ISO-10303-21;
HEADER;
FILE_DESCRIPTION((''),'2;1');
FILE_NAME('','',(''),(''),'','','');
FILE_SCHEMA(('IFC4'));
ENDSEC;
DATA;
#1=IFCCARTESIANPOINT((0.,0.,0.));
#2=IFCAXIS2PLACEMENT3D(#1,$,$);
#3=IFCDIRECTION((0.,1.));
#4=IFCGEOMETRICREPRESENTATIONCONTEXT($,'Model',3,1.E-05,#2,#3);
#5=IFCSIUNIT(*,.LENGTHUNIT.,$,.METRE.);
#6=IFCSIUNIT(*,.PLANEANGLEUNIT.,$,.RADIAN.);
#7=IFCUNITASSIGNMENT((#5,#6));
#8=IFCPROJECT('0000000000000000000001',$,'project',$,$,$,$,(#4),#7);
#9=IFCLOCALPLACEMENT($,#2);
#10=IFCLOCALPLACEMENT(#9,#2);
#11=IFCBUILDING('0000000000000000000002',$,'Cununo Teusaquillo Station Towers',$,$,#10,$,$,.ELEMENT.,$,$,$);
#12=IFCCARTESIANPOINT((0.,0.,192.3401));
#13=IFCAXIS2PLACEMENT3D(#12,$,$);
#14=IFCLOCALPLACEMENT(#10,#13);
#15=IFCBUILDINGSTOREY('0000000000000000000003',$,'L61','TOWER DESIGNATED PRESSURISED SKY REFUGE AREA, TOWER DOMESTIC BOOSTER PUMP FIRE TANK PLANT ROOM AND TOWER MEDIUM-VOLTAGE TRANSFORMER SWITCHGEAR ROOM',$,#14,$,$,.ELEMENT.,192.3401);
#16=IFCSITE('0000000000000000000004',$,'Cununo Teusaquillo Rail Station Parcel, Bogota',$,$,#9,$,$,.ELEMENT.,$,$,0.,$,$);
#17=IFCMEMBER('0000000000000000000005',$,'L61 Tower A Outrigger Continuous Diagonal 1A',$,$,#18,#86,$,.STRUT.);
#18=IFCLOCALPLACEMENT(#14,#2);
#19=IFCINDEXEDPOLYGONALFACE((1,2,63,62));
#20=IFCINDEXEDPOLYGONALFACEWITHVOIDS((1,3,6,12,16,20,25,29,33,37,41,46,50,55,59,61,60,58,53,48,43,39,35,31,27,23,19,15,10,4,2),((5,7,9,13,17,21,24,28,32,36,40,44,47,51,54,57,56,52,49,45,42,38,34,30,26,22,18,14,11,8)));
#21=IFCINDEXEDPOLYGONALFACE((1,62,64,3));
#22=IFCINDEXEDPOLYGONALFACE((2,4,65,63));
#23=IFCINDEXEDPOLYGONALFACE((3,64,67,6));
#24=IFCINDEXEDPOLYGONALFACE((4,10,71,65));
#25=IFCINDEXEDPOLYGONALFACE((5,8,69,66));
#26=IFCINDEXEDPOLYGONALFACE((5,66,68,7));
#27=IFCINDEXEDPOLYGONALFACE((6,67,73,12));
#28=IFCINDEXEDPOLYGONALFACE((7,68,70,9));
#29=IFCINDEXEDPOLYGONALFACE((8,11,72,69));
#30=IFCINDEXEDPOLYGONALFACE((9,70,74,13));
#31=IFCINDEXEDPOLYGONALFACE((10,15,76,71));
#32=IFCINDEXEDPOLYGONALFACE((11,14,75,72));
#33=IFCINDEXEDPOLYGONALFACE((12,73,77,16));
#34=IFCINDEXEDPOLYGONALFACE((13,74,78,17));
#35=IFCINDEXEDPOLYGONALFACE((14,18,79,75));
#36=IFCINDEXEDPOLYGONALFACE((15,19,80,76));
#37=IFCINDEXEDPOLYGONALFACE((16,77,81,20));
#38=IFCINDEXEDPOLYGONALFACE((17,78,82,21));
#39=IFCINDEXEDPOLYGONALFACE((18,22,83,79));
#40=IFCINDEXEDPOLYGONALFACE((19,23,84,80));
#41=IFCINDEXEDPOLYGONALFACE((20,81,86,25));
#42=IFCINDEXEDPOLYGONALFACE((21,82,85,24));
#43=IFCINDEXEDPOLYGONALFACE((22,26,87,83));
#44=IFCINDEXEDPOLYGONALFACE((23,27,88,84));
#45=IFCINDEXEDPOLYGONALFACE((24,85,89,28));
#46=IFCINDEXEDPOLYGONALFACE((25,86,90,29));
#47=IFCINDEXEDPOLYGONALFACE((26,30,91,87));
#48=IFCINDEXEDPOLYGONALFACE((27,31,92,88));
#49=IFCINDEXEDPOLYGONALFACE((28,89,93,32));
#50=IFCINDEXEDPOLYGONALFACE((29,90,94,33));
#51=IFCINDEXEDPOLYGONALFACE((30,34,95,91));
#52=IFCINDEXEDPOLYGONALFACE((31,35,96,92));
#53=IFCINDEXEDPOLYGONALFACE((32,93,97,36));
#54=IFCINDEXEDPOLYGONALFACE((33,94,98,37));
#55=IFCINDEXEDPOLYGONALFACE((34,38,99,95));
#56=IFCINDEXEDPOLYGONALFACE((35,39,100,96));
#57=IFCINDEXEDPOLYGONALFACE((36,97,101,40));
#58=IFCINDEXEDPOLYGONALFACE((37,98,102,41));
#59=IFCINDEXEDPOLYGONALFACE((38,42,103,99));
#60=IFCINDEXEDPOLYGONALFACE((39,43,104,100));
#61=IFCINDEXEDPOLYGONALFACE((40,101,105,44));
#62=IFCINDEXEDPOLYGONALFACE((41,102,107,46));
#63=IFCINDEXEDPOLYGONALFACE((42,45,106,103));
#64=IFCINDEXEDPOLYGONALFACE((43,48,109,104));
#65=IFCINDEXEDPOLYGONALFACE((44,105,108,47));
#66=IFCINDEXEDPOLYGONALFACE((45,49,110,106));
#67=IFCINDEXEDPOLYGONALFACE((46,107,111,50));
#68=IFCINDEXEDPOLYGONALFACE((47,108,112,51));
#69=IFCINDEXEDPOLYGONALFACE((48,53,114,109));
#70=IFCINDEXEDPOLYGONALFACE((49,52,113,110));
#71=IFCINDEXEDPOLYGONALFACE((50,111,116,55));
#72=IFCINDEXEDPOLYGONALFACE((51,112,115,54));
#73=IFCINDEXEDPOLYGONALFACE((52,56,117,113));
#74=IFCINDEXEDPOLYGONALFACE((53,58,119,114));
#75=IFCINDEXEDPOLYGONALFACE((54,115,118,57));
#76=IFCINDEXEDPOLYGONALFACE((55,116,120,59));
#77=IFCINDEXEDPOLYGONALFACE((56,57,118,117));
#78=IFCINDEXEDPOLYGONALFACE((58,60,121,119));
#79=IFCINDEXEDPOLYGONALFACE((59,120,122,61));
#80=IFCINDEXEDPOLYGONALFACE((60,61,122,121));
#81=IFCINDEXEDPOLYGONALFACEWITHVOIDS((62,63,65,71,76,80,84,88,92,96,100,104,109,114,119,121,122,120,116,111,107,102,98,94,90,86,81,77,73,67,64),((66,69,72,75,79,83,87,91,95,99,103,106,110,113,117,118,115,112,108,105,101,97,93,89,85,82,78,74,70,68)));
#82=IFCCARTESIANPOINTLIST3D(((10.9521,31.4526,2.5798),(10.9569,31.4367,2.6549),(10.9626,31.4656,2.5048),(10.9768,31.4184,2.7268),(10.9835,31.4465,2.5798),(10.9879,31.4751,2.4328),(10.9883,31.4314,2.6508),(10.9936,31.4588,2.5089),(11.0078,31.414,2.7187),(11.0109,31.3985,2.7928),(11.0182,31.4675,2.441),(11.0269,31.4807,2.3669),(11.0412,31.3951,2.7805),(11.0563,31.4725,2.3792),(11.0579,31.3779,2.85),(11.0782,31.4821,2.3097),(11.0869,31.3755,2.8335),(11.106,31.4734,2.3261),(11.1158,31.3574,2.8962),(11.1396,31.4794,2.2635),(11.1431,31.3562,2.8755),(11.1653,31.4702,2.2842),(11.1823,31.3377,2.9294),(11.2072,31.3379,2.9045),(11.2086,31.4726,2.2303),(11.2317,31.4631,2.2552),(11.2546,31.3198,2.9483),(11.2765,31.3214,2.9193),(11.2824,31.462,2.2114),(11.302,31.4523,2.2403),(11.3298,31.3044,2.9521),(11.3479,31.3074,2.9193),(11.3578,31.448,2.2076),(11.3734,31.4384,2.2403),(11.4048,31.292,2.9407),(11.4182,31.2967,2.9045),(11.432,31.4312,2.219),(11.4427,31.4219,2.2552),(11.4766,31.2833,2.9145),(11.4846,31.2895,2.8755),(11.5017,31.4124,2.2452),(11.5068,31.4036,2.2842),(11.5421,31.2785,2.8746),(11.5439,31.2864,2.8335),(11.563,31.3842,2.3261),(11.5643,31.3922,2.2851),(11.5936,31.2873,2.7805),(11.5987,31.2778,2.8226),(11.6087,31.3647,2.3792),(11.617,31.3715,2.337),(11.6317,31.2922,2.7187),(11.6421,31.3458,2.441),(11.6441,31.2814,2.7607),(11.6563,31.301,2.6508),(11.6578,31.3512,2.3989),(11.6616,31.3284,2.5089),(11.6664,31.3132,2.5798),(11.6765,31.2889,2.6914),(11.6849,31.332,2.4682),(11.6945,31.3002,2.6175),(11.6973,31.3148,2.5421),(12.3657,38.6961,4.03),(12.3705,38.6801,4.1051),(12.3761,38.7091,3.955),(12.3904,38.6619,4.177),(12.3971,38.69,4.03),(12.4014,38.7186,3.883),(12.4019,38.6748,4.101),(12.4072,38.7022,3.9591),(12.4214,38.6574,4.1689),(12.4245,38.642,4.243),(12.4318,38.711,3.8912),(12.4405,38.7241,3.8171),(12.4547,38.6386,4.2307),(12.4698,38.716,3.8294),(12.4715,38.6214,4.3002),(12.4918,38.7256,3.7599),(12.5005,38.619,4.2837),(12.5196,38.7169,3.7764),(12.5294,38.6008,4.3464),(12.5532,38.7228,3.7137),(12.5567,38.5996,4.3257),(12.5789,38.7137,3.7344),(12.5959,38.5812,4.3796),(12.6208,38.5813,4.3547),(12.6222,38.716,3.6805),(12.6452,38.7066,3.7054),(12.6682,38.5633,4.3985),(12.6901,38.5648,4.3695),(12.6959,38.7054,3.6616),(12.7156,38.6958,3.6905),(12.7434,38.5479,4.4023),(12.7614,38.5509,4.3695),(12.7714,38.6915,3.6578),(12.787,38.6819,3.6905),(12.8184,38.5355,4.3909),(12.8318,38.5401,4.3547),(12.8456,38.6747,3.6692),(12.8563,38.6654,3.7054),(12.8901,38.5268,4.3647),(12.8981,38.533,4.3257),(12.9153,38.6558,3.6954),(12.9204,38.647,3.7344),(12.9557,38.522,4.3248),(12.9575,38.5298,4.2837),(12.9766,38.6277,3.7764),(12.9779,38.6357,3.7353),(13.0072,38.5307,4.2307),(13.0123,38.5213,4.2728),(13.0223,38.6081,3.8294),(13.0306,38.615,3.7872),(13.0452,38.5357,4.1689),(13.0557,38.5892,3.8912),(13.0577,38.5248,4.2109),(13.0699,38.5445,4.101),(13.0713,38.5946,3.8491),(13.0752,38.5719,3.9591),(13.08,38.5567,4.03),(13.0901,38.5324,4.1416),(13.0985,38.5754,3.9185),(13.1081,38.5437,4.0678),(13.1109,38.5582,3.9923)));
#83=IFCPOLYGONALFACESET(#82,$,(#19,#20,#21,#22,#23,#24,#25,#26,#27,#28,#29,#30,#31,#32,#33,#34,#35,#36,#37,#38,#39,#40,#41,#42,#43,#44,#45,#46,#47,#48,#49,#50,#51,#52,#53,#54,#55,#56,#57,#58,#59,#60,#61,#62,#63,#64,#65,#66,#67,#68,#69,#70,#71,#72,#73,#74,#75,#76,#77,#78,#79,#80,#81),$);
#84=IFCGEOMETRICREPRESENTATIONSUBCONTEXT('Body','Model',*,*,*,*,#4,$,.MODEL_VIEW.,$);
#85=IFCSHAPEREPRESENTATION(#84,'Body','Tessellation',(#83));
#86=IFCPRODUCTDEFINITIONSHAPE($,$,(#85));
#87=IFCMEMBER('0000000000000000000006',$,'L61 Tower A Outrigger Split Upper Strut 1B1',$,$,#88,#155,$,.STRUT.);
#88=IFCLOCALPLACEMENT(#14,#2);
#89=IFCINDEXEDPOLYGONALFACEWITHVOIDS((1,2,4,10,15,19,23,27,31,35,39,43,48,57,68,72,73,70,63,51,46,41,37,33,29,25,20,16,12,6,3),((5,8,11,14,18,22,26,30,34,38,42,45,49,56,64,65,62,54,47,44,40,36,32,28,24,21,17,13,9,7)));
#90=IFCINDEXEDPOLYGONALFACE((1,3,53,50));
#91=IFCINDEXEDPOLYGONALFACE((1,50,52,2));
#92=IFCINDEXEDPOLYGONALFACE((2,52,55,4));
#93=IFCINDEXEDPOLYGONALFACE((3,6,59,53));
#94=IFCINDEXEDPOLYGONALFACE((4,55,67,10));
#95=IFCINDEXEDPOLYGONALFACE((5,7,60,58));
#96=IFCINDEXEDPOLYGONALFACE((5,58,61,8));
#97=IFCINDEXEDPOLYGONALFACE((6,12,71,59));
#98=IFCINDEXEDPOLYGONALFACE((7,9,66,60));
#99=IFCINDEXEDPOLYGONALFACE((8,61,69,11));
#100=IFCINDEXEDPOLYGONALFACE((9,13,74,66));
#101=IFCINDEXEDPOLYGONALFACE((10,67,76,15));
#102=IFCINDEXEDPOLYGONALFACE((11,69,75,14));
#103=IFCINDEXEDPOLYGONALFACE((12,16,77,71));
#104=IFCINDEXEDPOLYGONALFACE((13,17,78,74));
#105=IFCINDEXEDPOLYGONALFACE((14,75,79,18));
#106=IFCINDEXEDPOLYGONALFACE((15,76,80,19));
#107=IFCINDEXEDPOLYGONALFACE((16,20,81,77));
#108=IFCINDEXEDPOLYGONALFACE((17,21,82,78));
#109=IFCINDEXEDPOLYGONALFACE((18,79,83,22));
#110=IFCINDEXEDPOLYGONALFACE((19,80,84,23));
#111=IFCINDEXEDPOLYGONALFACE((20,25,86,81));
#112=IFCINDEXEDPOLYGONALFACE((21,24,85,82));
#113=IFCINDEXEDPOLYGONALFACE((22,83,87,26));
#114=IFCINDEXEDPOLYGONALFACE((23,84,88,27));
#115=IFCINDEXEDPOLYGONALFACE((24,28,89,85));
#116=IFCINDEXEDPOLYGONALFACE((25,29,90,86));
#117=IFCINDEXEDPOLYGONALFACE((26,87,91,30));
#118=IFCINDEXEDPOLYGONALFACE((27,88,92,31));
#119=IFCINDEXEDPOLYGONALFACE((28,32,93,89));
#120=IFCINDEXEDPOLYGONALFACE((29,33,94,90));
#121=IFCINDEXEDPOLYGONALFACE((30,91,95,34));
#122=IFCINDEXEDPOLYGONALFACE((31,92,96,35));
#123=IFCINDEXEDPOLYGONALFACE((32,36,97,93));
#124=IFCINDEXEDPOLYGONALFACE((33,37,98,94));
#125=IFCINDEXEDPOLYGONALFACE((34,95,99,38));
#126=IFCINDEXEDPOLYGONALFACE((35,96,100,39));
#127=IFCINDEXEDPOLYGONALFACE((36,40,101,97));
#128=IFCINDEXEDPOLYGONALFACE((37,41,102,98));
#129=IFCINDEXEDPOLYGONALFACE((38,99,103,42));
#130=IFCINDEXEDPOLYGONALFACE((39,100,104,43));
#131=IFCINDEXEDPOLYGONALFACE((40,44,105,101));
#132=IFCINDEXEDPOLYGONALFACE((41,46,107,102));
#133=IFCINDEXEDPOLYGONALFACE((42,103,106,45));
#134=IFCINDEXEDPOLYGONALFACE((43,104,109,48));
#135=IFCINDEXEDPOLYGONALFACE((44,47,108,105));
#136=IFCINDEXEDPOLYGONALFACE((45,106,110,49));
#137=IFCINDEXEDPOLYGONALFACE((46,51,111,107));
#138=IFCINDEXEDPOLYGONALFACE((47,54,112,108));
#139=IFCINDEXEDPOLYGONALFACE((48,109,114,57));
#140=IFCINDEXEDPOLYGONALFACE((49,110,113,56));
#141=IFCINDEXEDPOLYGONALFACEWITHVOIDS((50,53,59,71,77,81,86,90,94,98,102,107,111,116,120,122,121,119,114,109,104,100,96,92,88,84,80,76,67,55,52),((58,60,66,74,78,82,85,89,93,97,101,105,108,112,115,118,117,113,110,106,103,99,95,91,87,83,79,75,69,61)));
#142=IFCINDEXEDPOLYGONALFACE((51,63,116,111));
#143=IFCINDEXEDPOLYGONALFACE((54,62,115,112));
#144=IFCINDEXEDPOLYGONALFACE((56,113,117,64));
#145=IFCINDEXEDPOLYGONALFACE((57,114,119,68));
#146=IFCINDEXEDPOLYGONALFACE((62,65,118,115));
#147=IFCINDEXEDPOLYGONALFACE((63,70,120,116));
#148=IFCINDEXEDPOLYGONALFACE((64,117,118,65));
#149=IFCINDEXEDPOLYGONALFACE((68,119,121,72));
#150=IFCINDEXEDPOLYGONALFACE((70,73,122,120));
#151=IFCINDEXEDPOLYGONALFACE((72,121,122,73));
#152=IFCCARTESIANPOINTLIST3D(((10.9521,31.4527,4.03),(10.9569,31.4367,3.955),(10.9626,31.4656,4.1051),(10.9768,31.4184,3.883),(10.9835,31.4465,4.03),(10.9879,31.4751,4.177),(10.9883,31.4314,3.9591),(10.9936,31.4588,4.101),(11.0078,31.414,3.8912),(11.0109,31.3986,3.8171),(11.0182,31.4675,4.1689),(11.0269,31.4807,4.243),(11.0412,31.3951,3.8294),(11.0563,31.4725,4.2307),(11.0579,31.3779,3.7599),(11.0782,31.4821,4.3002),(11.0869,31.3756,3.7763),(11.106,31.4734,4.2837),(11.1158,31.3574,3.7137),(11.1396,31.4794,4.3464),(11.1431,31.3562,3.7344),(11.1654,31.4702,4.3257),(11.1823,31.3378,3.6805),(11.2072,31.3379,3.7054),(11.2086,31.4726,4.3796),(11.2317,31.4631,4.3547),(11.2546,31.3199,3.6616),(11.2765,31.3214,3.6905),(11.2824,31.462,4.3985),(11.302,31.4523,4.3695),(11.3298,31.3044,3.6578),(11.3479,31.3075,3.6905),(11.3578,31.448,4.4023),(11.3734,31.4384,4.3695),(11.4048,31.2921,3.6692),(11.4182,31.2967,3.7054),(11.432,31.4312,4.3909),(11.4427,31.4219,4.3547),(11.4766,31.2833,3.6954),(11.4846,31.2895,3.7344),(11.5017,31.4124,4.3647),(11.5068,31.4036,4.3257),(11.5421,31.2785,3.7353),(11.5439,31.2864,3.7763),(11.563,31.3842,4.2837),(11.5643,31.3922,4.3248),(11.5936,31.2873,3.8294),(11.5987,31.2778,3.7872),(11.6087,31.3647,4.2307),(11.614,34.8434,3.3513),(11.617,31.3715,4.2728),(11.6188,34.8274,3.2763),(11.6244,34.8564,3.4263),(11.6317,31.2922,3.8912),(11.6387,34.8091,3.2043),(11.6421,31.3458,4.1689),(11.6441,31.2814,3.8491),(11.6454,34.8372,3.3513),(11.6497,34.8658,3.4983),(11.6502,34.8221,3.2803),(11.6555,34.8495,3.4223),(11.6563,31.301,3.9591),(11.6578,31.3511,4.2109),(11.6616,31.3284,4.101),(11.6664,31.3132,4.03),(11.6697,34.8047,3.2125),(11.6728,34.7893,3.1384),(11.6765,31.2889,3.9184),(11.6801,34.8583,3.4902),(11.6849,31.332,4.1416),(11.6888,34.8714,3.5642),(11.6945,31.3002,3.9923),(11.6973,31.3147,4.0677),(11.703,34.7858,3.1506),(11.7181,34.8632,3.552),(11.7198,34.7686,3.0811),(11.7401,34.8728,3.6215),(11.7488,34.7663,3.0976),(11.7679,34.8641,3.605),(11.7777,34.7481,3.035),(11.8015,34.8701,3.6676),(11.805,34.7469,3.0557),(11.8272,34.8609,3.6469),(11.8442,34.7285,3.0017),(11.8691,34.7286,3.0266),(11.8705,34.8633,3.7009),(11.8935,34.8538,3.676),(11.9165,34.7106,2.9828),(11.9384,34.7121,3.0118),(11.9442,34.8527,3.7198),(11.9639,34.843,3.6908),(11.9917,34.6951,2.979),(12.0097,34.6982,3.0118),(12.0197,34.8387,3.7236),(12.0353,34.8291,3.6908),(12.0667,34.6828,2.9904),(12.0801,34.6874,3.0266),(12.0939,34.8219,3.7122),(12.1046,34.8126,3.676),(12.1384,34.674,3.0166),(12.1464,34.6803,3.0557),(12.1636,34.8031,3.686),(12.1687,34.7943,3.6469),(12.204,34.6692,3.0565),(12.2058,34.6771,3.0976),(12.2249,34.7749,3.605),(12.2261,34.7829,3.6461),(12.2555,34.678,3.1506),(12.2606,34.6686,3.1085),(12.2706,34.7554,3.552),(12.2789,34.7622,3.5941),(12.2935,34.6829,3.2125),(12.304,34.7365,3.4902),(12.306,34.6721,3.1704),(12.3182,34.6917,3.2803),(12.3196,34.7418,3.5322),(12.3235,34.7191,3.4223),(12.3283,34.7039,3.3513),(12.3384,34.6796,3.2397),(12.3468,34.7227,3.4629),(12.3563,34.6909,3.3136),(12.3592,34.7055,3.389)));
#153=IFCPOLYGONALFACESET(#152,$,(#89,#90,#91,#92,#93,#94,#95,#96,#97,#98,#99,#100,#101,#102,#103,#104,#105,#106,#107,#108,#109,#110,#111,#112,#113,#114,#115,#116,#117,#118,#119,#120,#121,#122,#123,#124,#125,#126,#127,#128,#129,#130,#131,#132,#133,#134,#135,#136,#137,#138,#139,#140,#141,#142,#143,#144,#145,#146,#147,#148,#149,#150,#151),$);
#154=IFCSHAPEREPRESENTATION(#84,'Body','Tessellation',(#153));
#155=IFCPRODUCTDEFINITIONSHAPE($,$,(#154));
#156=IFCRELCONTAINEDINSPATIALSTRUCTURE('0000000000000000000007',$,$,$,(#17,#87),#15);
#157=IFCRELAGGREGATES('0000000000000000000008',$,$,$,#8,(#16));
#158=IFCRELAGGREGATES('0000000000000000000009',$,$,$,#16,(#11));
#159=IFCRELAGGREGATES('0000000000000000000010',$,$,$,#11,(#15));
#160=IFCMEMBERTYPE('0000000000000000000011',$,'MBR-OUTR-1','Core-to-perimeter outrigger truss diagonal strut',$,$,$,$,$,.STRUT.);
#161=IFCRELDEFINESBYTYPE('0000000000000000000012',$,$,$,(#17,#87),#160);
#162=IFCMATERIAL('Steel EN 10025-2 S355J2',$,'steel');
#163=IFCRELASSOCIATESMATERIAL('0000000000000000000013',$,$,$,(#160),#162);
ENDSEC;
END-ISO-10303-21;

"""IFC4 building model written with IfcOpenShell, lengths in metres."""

from ifc_helpers import new_model, si_unit, direction, frame, origin, origin_2d, place, context, subcontext, project, spatial, hollow_circle, extrude, material, material_profile, profile_set, type_object, element, save


model = new_model("IFC4")

# Units and contexts
model_context = context("Model", 3, precision=1e-05, world=origin(), true_north=direction((0.0, 1.0)))
body_context = subcontext(model_context, "Body", "Model", "MODEL_VIEW")
ifc_project = project(units=[si_unit("LENGTHUNIT", "METRE"), si_unit("PLANEANGLEUNIT", "RADIAN")], contexts=[model_context])

# Site, building, storey
site_placement = place(None, origin())
site = spatial("IfcSite", under=ifc_project, at=site_placement, Name="Cununo Teusaquillo Rail Station Parcel, Bogota", CompositionType="ELEMENT", RefElevation=0.0)
building_placement = place(site_placement, origin())
building = spatial("IfcBuilding", under=site, at=building_placement, Name="Cununo Teusaquillo Station Towers", CompositionType="ELEMENT")
storey_placement = place(building_placement, frame((0.0, 0.0, 192.3401)))
storey = spatial("IfcBuildingStorey", under=building, at=storey_placement, Name="L61", Description="TOWER DESIGNATED PRESSURISED SKY REFUGE AREA, TOWER DOMESTIC BOOSTER PUMP FIRE TANK PLANT ROOM AND TOWER MEDIUM-VOLTAGE TRANSFORMER SWITCHGEAR ROOM", CompositionType="ELEMENT", Elevation=192.3401)

# Members
ifc_material_1 = material(Name="Steel EN 10025-2 S355J2", Category="steel")
ifc_material_profile_1 = material_profile(ifc_material_1, hollow_circle(Radius=0.3799, WallThickness=0.032, at=origin_2d()), Name="CHS 760x32")
ifc_profile_set_1 = profile_set([ifc_material_profile_1], Name="Steel EN 10025-2 S355J2")
member_type_1 = type_object("IfcMemberType", Name="MBR-OUTR-1", Description="Core-to-perimeter outrigger truss diagonal strut", PredefinedType="STRUT", material=ifc_profile_set_1)
member_1_placement = place(storey_placement, frame((11.325, 31.3799, 2.5798), z_axis=(0.187946, 0.963067, 0.192815), x_axis=(-0.981485, 0.19154, 0.0)))
element("IfcMember", 1, at=member_1_placement, inside=storey, type_object=member_type_1, Name="L61 Tower A Outrigger Continuous Diagonal 1A", PredefinedType="STRUT", context=body_context, shape_type="SweptSolid", body=[
    extrude(hollow_circle(Radius=0.3799, WallThickness=0.032, at=origin_2d()), origin(), (0.0, 0.0, 1.0), 7.5212),
])
member_2_placement = place(storey_placement, frame((11.325, 31.3799, 4.03), z_axis=(0.187995, 0.963065, -0.192779), x_axis=(-0.981475, 0.191588, 0.0)))
element("IfcMember", 2, at=member_2_placement, inside=storey, type_object=member_type_1, Name="L61 Tower A Outrigger Split Upper Strut 1B1", PredefinedType="STRUT", context=body_context, shape_type="SweptSolid", body=[
    extrude(hollow_circle(Radius=0.3799, WallThickness=0.032, at=origin_2d()), origin(), (0.0, 0.0, 1.0), 3.5208),
])

save(model, "model.ifc")
